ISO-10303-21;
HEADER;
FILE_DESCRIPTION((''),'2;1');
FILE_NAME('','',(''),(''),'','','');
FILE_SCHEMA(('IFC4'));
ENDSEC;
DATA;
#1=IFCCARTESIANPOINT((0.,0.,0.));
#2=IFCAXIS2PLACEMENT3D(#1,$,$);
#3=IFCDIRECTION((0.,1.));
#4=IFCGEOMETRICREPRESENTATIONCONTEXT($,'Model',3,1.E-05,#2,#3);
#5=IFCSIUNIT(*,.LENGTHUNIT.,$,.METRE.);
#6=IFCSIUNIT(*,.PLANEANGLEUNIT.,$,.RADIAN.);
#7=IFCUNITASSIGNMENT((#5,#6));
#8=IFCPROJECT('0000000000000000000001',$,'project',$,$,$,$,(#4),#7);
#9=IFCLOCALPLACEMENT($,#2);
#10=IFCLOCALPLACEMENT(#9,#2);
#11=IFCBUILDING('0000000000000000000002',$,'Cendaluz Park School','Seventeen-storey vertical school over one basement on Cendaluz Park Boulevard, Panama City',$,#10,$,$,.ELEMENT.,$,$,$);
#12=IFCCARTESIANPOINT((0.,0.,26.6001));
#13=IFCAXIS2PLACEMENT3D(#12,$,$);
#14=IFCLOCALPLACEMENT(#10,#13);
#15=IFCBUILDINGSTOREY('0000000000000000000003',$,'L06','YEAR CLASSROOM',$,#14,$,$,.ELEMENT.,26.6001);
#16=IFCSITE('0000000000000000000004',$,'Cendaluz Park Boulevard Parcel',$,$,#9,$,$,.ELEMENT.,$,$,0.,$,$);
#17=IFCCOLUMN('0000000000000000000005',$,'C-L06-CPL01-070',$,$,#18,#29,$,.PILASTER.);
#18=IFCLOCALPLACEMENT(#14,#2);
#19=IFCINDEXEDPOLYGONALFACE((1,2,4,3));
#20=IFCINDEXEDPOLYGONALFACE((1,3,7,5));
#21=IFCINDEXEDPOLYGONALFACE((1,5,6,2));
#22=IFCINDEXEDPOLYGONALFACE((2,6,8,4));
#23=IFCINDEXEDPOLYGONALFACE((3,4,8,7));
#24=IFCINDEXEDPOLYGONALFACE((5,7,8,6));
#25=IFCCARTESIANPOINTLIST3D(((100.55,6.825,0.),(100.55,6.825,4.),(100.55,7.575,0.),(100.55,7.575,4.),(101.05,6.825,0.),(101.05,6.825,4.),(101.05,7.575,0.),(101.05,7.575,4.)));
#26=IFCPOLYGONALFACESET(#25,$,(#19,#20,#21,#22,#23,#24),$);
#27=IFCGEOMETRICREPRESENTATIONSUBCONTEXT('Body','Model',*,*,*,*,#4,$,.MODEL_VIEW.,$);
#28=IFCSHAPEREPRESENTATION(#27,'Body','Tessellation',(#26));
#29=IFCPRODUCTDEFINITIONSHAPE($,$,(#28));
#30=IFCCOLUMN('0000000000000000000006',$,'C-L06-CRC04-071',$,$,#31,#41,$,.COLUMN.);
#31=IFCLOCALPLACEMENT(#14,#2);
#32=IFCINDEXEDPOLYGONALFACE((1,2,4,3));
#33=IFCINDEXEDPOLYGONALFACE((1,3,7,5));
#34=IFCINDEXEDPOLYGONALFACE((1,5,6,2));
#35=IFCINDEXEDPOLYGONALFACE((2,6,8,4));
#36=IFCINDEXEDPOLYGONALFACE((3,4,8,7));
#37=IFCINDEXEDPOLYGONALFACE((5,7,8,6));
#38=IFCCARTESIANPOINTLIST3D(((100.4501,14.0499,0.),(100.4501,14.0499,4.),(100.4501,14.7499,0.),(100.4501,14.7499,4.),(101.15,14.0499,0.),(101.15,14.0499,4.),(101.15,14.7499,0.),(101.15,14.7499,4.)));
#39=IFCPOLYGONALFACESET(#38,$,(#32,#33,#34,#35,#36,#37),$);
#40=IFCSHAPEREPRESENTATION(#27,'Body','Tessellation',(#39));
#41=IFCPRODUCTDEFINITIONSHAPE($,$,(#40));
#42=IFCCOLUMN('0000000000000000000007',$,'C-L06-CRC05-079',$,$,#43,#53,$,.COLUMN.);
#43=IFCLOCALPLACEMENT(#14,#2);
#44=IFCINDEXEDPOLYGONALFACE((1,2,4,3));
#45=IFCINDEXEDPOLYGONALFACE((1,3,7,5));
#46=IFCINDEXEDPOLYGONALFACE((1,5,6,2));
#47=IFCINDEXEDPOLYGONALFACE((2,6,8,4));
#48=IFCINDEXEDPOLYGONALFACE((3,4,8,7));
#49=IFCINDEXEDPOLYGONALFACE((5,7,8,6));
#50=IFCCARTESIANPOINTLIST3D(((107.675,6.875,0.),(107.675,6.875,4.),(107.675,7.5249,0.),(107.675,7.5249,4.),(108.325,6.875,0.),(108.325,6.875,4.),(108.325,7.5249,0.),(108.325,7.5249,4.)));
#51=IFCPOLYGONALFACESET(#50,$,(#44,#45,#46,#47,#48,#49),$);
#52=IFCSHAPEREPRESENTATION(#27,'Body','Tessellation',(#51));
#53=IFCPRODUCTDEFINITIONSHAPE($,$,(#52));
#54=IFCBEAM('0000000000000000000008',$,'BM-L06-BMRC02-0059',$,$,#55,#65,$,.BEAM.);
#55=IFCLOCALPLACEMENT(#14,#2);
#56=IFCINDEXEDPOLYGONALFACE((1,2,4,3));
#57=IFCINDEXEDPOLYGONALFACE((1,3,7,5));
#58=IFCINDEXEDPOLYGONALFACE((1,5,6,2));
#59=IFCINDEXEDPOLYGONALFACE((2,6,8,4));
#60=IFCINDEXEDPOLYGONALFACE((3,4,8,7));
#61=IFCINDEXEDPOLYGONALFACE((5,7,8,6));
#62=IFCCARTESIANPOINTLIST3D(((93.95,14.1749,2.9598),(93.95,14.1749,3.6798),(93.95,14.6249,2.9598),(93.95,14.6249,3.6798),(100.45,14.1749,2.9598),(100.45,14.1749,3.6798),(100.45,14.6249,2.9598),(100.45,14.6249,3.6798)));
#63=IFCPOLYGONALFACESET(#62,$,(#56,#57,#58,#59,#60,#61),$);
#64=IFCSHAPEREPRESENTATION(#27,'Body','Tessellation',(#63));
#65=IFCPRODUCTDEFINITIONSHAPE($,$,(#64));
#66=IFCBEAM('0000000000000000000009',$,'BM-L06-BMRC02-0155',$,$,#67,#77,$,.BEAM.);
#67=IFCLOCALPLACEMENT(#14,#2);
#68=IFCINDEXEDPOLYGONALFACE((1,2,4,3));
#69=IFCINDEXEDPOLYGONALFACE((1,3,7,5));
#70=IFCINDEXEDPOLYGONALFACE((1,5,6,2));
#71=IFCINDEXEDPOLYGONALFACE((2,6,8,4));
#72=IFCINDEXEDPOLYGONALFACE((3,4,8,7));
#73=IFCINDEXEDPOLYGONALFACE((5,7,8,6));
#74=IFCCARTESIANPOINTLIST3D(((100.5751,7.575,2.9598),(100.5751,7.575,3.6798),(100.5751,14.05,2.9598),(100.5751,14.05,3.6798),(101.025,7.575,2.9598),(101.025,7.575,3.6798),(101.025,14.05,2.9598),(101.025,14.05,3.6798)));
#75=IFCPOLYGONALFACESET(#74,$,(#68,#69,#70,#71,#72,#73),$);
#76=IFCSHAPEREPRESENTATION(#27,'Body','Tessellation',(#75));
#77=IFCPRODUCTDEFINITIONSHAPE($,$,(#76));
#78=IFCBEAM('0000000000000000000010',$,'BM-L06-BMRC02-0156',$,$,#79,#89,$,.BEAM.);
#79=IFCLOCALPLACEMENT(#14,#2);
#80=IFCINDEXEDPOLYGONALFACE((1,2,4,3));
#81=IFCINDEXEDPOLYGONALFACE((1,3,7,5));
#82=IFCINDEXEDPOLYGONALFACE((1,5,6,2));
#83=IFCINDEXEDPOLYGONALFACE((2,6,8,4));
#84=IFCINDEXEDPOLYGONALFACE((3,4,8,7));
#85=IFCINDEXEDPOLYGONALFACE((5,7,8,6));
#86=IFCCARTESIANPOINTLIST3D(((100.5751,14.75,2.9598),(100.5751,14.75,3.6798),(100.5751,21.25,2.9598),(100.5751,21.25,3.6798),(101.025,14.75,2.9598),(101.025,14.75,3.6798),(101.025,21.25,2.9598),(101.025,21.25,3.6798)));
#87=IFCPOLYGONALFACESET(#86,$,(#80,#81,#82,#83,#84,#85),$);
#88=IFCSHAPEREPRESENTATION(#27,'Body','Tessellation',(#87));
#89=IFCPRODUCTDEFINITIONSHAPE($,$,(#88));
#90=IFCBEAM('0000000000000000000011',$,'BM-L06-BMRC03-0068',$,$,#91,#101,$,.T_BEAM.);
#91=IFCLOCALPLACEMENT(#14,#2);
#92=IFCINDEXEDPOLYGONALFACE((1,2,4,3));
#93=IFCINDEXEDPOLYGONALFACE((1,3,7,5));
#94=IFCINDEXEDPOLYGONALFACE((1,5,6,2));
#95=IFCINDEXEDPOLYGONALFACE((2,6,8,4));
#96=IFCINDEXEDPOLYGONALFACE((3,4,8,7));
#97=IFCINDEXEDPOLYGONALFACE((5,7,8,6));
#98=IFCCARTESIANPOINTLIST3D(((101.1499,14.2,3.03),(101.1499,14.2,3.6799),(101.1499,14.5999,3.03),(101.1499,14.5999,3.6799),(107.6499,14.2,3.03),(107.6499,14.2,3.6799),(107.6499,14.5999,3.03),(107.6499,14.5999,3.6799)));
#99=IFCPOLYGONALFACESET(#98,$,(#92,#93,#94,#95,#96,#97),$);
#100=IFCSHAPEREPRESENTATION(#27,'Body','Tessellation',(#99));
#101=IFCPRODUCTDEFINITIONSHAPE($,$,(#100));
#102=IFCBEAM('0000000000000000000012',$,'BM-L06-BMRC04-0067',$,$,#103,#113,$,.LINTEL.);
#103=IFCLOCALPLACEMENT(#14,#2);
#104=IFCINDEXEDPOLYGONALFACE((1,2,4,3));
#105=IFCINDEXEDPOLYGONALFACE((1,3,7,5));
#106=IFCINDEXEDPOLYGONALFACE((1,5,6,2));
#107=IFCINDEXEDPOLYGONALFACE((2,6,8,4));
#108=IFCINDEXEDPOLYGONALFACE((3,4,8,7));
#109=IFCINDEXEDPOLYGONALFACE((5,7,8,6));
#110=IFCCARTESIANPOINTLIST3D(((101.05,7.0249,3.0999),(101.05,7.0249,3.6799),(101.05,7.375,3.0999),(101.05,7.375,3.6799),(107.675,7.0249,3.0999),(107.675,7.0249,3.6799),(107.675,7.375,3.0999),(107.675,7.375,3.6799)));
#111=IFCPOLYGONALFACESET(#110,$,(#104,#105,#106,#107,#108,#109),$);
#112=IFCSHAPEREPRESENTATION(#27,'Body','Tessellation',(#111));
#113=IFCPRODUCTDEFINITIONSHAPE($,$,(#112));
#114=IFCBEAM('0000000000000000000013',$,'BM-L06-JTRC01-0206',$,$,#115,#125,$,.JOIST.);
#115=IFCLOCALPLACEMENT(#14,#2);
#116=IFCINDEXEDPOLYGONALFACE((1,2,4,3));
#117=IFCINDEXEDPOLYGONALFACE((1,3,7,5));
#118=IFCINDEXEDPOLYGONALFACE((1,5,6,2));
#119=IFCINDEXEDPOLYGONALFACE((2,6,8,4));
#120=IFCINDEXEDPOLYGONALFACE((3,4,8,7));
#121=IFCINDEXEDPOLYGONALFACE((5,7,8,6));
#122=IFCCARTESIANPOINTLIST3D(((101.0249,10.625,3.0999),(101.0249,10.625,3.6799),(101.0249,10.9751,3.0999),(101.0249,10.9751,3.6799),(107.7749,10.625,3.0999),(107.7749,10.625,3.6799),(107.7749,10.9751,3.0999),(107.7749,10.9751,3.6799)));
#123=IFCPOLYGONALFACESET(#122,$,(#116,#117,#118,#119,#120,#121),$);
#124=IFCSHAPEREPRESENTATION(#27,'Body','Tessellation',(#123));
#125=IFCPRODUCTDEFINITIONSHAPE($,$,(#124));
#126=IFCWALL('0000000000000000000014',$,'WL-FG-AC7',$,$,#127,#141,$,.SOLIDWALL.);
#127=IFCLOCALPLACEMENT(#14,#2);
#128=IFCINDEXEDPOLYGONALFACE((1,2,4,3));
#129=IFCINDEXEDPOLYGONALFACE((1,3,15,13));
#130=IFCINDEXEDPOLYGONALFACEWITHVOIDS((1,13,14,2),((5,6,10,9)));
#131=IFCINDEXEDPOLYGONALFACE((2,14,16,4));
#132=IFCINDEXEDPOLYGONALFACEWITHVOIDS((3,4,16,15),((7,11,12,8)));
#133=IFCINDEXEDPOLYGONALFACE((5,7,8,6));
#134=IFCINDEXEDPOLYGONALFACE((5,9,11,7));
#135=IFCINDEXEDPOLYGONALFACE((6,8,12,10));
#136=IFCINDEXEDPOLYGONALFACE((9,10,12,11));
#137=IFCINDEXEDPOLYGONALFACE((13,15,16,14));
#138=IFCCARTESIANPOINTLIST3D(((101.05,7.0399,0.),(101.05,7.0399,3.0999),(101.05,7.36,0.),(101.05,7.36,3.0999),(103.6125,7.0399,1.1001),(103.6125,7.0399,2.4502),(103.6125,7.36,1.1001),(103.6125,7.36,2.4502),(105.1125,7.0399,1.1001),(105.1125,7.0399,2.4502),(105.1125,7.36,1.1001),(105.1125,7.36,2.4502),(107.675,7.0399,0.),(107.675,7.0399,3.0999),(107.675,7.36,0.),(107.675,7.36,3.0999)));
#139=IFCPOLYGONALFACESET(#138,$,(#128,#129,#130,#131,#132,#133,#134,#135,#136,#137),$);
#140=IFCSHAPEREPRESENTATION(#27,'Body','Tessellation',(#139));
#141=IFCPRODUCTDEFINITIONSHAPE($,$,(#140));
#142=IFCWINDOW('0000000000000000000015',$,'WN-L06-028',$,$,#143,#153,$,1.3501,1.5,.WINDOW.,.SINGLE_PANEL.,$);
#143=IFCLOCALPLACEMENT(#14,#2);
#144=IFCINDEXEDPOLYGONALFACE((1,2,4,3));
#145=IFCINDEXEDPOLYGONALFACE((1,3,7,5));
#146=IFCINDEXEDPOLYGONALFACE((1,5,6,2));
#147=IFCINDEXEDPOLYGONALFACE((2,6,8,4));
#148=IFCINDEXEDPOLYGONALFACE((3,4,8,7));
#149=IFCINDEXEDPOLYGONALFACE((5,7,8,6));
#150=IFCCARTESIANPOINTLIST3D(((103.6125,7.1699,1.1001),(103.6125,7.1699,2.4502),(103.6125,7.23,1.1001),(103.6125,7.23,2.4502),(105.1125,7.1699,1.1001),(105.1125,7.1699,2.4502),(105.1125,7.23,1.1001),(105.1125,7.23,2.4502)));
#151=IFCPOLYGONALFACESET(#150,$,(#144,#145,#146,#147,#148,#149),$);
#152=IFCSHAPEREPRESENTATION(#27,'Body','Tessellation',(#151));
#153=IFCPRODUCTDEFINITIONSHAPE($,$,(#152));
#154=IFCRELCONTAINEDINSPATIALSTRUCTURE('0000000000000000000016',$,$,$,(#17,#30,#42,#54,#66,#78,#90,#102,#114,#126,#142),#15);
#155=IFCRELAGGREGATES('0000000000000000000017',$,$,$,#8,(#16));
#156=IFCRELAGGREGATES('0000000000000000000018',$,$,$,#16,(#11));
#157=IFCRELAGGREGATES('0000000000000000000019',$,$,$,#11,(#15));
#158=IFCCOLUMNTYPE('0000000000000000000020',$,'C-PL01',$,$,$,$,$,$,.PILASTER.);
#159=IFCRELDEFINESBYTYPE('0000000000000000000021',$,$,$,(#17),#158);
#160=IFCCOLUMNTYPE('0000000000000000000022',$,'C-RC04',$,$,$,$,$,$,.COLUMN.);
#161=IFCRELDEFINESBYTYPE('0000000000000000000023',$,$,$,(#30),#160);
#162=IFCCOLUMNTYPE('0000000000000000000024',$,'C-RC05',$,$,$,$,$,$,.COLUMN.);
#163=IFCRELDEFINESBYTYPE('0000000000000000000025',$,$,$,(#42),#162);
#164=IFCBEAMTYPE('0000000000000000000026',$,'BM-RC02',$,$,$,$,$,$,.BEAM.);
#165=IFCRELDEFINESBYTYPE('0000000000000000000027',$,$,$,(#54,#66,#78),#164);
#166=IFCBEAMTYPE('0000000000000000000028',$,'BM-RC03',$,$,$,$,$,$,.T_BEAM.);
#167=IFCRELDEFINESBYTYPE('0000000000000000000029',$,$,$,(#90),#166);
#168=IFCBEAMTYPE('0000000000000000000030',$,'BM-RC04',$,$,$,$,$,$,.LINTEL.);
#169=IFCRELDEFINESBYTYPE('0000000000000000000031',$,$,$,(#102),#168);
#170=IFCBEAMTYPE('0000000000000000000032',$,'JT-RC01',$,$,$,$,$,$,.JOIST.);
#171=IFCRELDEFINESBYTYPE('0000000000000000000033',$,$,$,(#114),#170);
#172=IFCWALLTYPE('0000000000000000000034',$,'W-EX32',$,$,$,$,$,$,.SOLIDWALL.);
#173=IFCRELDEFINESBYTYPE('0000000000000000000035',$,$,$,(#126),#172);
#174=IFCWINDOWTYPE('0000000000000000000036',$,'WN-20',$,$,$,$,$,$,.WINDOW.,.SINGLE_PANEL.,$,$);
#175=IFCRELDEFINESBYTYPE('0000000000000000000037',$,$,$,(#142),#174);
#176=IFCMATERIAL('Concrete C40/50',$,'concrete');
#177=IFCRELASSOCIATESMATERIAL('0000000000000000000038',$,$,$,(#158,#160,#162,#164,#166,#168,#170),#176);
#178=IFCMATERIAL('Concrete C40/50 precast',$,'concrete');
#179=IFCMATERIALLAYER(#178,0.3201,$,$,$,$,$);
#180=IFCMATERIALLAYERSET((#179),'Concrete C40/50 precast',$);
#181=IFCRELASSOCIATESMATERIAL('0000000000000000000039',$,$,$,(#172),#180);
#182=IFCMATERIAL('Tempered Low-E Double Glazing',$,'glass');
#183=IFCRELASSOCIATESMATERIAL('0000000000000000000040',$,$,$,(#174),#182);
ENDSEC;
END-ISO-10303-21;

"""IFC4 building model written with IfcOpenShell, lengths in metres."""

from ifc_helpers import new_model, si_unit, direction, frame, frame_2d, origin, origin_2d, place, context, subcontext, project, spatial, rectangle, extrude, material, layer, layer_set, material_profile, profile_set, type_object, element, fill, save


model = new_model("IFC4")

# Units and contexts
model_context = context("Model", 3, precision=1e-05, world=origin(), true_north=direction((0.0, 1.0)))
body_context = subcontext(model_context, "Body", "Model", "MODEL_VIEW")
ifc_project = project(units=[si_unit("LENGTHUNIT", "METRE"), si_unit("PLANEANGLEUNIT", "RADIAN")], contexts=[model_context])

# Site, building, storey
site_placement = place(None, origin())
site = spatial("IfcSite", under=ifc_project, at=site_placement, Name="Cendaluz Park Boulevard Parcel", CompositionType="ELEMENT", RefElevation=0.0)
building_placement = place(site_placement, origin())
building = spatial("IfcBuilding", under=site, at=building_placement, Name="Cendaluz Park School", Description="Seventeen-storey vertical school over one basement on Cendaluz Park Boulevard, Panama City", CompositionType="ELEMENT")
storey_placement = place(building_placement, frame((0.0, 0.0, 26.6001)))
storey = spatial("IfcBuildingStorey", under=building, at=storey_placement, Name="L06", Description="YEAR CLASSROOM", CompositionType="ELEMENT", Elevation=26.6001)

# Columns
ifc_material_1 = material(Name="Concrete C40/50", Category="concrete")
ifc_material_profile_1 = material_profile(ifc_material_1, rectangle(XDim=0.5, YDim=0.75, at=origin_2d()), Name="RC 500x750", Category="concrete")
ifc_profile_set_1 = profile_set([ifc_material_profile_1], Name="Concrete C40/50")
column_type_1 = type_object("IfcColumnType", Name="C-PL01", PredefinedType="PILASTER", material=ifc_profile_set_1)
column_1_placement = place(storey_placement, frame((100.8, 7.2, 0.0), z_axis=(0.0, 0.0, 1.0), x_axis=(1.0, 0.0, 0.0)))
element("IfcColumn", 1, at=column_1_placement, inside=storey, type_object=column_type_1, Name="C-L06-CPL01-070", PredefinedType="PILASTER", context=body_context, shape_type="SweptSolid", body=[
    extrude(rectangle(XDim=0.5, YDim=0.75, at=origin_2d()), origin(), (0.0, 0.0, 1.0), 4.0),
])
ifc_material_profile_2 = material_profile(ifc_material_1, rectangle(XDim=0.7, YDim=0.7, at=origin_2d()), Name="RC 700x700", Category="concrete")
ifc_profile_set_2 = profile_set([ifc_material_profile_2], Name="Concrete C40/50")
column_type_2 = type_object("IfcColumnType", Name="C-RC04", PredefinedType="COLUMN", material=ifc_profile_set_2)
column_2_placement = place(storey_placement, frame((100.8, 14.3999, 0.0), z_axis=(0.0, 0.0, 1.0), x_axis=(1.0, 0.0, 0.0)))
element("IfcColumn", 2, at=column_2_placement, inside=storey, type_object=column_type_2, Name="C-L06-CRC04-071", PredefinedType="COLUMN", context=body_context, shape_type="SweptSolid", body=[
    extrude(rectangle(XDim=0.7, YDim=0.7, at=origin_2d()), origin(), (0.0, 0.0, 1.0), 4.0),
])
ifc_material_profile_3 = material_profile(ifc_material_1, rectangle(XDim=0.6499, YDim=0.6499, at=origin_2d()), Name="RC 650x650", Category="concrete")
ifc_profile_set_3 = profile_set([ifc_material_profile_3], Name="Concrete C40/50")
column_type_3 = type_object("IfcColumnType", Name="C-RC05", PredefinedType="COLUMN", material=ifc_profile_set_3)
column_3_placement = place(storey_placement, frame((108.0, 7.2, 0.0), z_axis=(0.0, 0.0, 1.0), x_axis=(1.0, 0.0, 0.0)))
element("IfcColumn", 3, at=column_3_placement, inside=storey, type_object=column_type_3, Name="C-L06-CRC05-079", PredefinedType="COLUMN", context=body_context, shape_type="SweptSolid", body=[
    extrude(rectangle(XDim=0.6499, YDim=0.6499, at=origin_2d()), origin(), (0.0, 0.0, 1.0), 4.0),
])

# Beams
ifc_material_profile_4 = material_profile(ifc_material_1, rectangle(XDim=0.45, YDim=0.72, at=origin_2d()), Name="RC 450x720", Category="concrete")
ifc_profile_set_4 = profile_set([ifc_material_profile_4], Name="Concrete C40/50")
beam_type_1 = type_object("IfcBeamType", Name="BM-RC02", PredefinedType="BEAM", material=ifc_profile_set_4)
beam_1_placement = place(storey_placement, frame((93.95, 14.3999, 3.3198), z_axis=(1.0, 0.0, 0.0), x_axis=(0.0, 1.0, 0.0)))
element("IfcBeam", 4, at=beam_1_placement, inside=storey, type_object=beam_type_1, Name="BM-L06-BMRC02-0059", PredefinedType="BEAM", context=body_context, shape_type="SweptSolid", body=[
    extrude(rectangle(XDim=0.45, YDim=0.72, at=origin_2d()), origin(), (0.0, 0.0, 1.0), 6.5),
])
beam_2_placement = place(storey_placement, frame((100.8, 7.575, 3.3198), z_axis=(0.0, 1.0, 0.0), x_axis=(-1.0, 0.0, 0.0)))
element("IfcBeam", 5, at=beam_2_placement, inside=storey, type_object=beam_type_1, Name="BM-L06-BMRC02-0155", PredefinedType="BEAM", context=body_context, shape_type="SweptSolid", body=[
    extrude(rectangle(XDim=0.45, YDim=0.72, at=origin_2d()), origin(), (0.0, 0.0, 1.0), 6.4751),
])
beam_3_placement = place(storey_placement, frame((100.8, 14.75, 3.3198), z_axis=(0.0, 1.0, 0.0), x_axis=(-1.0, 0.0, 0.0)))
element("IfcBeam", 6, at=beam_3_placement, inside=storey, type_object=beam_type_1, Name="BM-L06-BMRC02-0156", PredefinedType="BEAM", context=body_context, shape_type="SweptSolid", body=[
    extrude(rectangle(XDim=0.45, YDim=0.72, at=origin_2d()), origin(), (0.0, 0.0, 1.0), 6.5),
])
ifc_material_profile_5 = material_profile(ifc_material_1, rectangle(XDim=0.3999, YDim=0.6499, at=origin_2d()), Name="RC 400x650", Category="concrete")
ifc_profile_set_5 = profile_set([ifc_material_profile_5], Name="Concrete C40/50")
beam_type_2 = type_object("IfcBeamType", Name="BM-RC03", PredefinedType="T_BEAM", material=ifc_profile_set_5)
beam_4_placement = place(storey_placement, frame((101.1499, 14.3999, 3.355), z_axis=(1.0, 0.0, 0.0), x_axis=(0.0, 1.0, 0.0)))
element("IfcBeam", 7, at=beam_4_placement, inside=storey, type_object=beam_type_2, Name="BM-L06-BMRC03-0068", PredefinedType="T_BEAM", context=body_context, shape_type="SweptSolid", body=[
    extrude(rectangle(XDim=0.3999, YDim=0.6499, at=origin_2d()), origin(), (0.0, 0.0, 1.0), 6.5),
])
ifc_material_profile_6 = material_profile(ifc_material_1, rectangle(XDim=0.3501, YDim=0.5801, at=origin_2d()), Name="RC 350x580", Category="concrete")
ifc_profile_set_6 = profile_set([ifc_material_profile_6], Name="Concrete C40/50")
beam_type_3 = type_object("IfcBeamType", Name="BM-RC04", PredefinedType="LINTEL", material=ifc_profile_set_6)
beam_5_placement = place(storey_placement, frame((101.05, 7.2, 3.3899), z_axis=(1.0, 0.0, 0.0), x_axis=(0.0, 1.0, 0.0)))
element("IfcBeam", 8, at=beam_5_placement, inside=storey, type_object=beam_type_3, Name="BM-L06-BMRC04-0067", PredefinedType="LINTEL", context=body_context, shape_type="SweptSolid", body=[
    extrude(rectangle(XDim=0.3501, YDim=0.5801, at=origin_2d()), origin(), (0.0, 0.0, 1.0), 6.625),
])
ifc_material_profile_7 = material_profile(ifc_material_1, rectangle(XDim=0.3501, YDim=0.5801, at=origin_2d()), Name="RC 350x580", Category="concrete")
ifc_profile_set_7 = profile_set([ifc_material_profile_7], Name="Concrete C40/50")
beam_type_4 = type_object("IfcBeamType", Name="JT-RC01", PredefinedType="JOIST", material=ifc_profile_set_7)
beam_6_placement = place(storey_placement, frame((101.0249, 10.8, 3.3899), z_axis=(1.0, 0.0, 0.0), x_axis=(0.0, 1.0, 0.0)))
element("IfcBeam", 9, at=beam_6_placement, inside=storey, type_object=beam_type_4, Name="BM-L06-JTRC01-0206", PredefinedType="JOIST", context=body_context, shape_type="SweptSolid", body=[
    extrude(rectangle(XDim=0.3501, YDim=0.5801, at=origin_2d()), origin(), (0.0, 0.0, 1.0), 6.75),
])

# Wall, opening, window
ifc_material_2 = material(Name="Concrete C40/50 precast", Category="concrete")
ifc_layer_1 = layer(ifc_material_2, 0.3201)
ifc_layer_set_1 = layer_set([ifc_layer_1], Name="Concrete C40/50 precast")
wall_type_1 = type_object("IfcWallType", Name="W-EX32", PredefinedType="SOLIDWALL", material=ifc_layer_set_1)
wall_1_placement = place(storey_placement, frame((101.05, 7.2, 0.0), z_axis=(0.0, 0.0, 1.0), x_axis=(1.0, 0.0, 0.0)))
wall_1 = element("IfcWall", 10, at=wall_1_placement, inside=storey, type_object=wall_type_1, Name="WL-FG-AC7", PredefinedType="SOLIDWALL", context=body_context, shape_type="SweptSolid", body=[
    extrude(rectangle(XDim=6.625, YDim=0.3201, at=frame_2d((3.3125, 0.0))), origin(), (0.0, 0.0, 1.0), 3.0999),
])
opening_1_placement = place(wall_1_placement, frame((2.5625, 0.0, 1.1001)))
opening_1 = element("IfcOpeningElement", 11, at=opening_1_placement, cuts=wall_1, PredefinedType="OPENING", context=body_context, shape_type="SweptSolid", body=[
    extrude(rectangle(XDim=1.5, YDim=1.3501, at=frame_2d((0.75, 0.675))), frame((0.0, 0.1721, 0.0), z_axis=(0.0, -1.0, 0.0), x_axis=(1.0, 0.0, 0.0)), (0.0, 0.0, 1.0), 0.344),
])
ifc_material_3 = material(Name="Tempered Low-E Double Glazing", Category="glass")
window_type = type_object("IfcWindowType", Name="WN-20", PartitioningType="SINGLE_PANEL", PredefinedType="WINDOW", material=ifc_material_3)
window_placement = place(opening_1_placement, origin())
window = element("IfcWindow", 12, at=window_placement, inside=storey, type_object=window_type, Name="WN-L06-028", OverallHeight=1.3501, OverallWidth=1.5, PartitioningType="SINGLE_PANEL", PredefinedType="WINDOW", context=body_context, shape_type="SweptSolid", body=[
    extrude(rectangle(XDim=1.5, YDim=1.3501, at=frame_2d((0.75, 0.675))), frame((0.0, 0.03, 0.0), z_axis=(0.0, -1.0, 0.0), x_axis=(1.0, 0.0, 0.0)), (0.0, 0.0, 1.0), 0.0601),
])
fill(opening_1, window)

save(model, "model.ifc")
